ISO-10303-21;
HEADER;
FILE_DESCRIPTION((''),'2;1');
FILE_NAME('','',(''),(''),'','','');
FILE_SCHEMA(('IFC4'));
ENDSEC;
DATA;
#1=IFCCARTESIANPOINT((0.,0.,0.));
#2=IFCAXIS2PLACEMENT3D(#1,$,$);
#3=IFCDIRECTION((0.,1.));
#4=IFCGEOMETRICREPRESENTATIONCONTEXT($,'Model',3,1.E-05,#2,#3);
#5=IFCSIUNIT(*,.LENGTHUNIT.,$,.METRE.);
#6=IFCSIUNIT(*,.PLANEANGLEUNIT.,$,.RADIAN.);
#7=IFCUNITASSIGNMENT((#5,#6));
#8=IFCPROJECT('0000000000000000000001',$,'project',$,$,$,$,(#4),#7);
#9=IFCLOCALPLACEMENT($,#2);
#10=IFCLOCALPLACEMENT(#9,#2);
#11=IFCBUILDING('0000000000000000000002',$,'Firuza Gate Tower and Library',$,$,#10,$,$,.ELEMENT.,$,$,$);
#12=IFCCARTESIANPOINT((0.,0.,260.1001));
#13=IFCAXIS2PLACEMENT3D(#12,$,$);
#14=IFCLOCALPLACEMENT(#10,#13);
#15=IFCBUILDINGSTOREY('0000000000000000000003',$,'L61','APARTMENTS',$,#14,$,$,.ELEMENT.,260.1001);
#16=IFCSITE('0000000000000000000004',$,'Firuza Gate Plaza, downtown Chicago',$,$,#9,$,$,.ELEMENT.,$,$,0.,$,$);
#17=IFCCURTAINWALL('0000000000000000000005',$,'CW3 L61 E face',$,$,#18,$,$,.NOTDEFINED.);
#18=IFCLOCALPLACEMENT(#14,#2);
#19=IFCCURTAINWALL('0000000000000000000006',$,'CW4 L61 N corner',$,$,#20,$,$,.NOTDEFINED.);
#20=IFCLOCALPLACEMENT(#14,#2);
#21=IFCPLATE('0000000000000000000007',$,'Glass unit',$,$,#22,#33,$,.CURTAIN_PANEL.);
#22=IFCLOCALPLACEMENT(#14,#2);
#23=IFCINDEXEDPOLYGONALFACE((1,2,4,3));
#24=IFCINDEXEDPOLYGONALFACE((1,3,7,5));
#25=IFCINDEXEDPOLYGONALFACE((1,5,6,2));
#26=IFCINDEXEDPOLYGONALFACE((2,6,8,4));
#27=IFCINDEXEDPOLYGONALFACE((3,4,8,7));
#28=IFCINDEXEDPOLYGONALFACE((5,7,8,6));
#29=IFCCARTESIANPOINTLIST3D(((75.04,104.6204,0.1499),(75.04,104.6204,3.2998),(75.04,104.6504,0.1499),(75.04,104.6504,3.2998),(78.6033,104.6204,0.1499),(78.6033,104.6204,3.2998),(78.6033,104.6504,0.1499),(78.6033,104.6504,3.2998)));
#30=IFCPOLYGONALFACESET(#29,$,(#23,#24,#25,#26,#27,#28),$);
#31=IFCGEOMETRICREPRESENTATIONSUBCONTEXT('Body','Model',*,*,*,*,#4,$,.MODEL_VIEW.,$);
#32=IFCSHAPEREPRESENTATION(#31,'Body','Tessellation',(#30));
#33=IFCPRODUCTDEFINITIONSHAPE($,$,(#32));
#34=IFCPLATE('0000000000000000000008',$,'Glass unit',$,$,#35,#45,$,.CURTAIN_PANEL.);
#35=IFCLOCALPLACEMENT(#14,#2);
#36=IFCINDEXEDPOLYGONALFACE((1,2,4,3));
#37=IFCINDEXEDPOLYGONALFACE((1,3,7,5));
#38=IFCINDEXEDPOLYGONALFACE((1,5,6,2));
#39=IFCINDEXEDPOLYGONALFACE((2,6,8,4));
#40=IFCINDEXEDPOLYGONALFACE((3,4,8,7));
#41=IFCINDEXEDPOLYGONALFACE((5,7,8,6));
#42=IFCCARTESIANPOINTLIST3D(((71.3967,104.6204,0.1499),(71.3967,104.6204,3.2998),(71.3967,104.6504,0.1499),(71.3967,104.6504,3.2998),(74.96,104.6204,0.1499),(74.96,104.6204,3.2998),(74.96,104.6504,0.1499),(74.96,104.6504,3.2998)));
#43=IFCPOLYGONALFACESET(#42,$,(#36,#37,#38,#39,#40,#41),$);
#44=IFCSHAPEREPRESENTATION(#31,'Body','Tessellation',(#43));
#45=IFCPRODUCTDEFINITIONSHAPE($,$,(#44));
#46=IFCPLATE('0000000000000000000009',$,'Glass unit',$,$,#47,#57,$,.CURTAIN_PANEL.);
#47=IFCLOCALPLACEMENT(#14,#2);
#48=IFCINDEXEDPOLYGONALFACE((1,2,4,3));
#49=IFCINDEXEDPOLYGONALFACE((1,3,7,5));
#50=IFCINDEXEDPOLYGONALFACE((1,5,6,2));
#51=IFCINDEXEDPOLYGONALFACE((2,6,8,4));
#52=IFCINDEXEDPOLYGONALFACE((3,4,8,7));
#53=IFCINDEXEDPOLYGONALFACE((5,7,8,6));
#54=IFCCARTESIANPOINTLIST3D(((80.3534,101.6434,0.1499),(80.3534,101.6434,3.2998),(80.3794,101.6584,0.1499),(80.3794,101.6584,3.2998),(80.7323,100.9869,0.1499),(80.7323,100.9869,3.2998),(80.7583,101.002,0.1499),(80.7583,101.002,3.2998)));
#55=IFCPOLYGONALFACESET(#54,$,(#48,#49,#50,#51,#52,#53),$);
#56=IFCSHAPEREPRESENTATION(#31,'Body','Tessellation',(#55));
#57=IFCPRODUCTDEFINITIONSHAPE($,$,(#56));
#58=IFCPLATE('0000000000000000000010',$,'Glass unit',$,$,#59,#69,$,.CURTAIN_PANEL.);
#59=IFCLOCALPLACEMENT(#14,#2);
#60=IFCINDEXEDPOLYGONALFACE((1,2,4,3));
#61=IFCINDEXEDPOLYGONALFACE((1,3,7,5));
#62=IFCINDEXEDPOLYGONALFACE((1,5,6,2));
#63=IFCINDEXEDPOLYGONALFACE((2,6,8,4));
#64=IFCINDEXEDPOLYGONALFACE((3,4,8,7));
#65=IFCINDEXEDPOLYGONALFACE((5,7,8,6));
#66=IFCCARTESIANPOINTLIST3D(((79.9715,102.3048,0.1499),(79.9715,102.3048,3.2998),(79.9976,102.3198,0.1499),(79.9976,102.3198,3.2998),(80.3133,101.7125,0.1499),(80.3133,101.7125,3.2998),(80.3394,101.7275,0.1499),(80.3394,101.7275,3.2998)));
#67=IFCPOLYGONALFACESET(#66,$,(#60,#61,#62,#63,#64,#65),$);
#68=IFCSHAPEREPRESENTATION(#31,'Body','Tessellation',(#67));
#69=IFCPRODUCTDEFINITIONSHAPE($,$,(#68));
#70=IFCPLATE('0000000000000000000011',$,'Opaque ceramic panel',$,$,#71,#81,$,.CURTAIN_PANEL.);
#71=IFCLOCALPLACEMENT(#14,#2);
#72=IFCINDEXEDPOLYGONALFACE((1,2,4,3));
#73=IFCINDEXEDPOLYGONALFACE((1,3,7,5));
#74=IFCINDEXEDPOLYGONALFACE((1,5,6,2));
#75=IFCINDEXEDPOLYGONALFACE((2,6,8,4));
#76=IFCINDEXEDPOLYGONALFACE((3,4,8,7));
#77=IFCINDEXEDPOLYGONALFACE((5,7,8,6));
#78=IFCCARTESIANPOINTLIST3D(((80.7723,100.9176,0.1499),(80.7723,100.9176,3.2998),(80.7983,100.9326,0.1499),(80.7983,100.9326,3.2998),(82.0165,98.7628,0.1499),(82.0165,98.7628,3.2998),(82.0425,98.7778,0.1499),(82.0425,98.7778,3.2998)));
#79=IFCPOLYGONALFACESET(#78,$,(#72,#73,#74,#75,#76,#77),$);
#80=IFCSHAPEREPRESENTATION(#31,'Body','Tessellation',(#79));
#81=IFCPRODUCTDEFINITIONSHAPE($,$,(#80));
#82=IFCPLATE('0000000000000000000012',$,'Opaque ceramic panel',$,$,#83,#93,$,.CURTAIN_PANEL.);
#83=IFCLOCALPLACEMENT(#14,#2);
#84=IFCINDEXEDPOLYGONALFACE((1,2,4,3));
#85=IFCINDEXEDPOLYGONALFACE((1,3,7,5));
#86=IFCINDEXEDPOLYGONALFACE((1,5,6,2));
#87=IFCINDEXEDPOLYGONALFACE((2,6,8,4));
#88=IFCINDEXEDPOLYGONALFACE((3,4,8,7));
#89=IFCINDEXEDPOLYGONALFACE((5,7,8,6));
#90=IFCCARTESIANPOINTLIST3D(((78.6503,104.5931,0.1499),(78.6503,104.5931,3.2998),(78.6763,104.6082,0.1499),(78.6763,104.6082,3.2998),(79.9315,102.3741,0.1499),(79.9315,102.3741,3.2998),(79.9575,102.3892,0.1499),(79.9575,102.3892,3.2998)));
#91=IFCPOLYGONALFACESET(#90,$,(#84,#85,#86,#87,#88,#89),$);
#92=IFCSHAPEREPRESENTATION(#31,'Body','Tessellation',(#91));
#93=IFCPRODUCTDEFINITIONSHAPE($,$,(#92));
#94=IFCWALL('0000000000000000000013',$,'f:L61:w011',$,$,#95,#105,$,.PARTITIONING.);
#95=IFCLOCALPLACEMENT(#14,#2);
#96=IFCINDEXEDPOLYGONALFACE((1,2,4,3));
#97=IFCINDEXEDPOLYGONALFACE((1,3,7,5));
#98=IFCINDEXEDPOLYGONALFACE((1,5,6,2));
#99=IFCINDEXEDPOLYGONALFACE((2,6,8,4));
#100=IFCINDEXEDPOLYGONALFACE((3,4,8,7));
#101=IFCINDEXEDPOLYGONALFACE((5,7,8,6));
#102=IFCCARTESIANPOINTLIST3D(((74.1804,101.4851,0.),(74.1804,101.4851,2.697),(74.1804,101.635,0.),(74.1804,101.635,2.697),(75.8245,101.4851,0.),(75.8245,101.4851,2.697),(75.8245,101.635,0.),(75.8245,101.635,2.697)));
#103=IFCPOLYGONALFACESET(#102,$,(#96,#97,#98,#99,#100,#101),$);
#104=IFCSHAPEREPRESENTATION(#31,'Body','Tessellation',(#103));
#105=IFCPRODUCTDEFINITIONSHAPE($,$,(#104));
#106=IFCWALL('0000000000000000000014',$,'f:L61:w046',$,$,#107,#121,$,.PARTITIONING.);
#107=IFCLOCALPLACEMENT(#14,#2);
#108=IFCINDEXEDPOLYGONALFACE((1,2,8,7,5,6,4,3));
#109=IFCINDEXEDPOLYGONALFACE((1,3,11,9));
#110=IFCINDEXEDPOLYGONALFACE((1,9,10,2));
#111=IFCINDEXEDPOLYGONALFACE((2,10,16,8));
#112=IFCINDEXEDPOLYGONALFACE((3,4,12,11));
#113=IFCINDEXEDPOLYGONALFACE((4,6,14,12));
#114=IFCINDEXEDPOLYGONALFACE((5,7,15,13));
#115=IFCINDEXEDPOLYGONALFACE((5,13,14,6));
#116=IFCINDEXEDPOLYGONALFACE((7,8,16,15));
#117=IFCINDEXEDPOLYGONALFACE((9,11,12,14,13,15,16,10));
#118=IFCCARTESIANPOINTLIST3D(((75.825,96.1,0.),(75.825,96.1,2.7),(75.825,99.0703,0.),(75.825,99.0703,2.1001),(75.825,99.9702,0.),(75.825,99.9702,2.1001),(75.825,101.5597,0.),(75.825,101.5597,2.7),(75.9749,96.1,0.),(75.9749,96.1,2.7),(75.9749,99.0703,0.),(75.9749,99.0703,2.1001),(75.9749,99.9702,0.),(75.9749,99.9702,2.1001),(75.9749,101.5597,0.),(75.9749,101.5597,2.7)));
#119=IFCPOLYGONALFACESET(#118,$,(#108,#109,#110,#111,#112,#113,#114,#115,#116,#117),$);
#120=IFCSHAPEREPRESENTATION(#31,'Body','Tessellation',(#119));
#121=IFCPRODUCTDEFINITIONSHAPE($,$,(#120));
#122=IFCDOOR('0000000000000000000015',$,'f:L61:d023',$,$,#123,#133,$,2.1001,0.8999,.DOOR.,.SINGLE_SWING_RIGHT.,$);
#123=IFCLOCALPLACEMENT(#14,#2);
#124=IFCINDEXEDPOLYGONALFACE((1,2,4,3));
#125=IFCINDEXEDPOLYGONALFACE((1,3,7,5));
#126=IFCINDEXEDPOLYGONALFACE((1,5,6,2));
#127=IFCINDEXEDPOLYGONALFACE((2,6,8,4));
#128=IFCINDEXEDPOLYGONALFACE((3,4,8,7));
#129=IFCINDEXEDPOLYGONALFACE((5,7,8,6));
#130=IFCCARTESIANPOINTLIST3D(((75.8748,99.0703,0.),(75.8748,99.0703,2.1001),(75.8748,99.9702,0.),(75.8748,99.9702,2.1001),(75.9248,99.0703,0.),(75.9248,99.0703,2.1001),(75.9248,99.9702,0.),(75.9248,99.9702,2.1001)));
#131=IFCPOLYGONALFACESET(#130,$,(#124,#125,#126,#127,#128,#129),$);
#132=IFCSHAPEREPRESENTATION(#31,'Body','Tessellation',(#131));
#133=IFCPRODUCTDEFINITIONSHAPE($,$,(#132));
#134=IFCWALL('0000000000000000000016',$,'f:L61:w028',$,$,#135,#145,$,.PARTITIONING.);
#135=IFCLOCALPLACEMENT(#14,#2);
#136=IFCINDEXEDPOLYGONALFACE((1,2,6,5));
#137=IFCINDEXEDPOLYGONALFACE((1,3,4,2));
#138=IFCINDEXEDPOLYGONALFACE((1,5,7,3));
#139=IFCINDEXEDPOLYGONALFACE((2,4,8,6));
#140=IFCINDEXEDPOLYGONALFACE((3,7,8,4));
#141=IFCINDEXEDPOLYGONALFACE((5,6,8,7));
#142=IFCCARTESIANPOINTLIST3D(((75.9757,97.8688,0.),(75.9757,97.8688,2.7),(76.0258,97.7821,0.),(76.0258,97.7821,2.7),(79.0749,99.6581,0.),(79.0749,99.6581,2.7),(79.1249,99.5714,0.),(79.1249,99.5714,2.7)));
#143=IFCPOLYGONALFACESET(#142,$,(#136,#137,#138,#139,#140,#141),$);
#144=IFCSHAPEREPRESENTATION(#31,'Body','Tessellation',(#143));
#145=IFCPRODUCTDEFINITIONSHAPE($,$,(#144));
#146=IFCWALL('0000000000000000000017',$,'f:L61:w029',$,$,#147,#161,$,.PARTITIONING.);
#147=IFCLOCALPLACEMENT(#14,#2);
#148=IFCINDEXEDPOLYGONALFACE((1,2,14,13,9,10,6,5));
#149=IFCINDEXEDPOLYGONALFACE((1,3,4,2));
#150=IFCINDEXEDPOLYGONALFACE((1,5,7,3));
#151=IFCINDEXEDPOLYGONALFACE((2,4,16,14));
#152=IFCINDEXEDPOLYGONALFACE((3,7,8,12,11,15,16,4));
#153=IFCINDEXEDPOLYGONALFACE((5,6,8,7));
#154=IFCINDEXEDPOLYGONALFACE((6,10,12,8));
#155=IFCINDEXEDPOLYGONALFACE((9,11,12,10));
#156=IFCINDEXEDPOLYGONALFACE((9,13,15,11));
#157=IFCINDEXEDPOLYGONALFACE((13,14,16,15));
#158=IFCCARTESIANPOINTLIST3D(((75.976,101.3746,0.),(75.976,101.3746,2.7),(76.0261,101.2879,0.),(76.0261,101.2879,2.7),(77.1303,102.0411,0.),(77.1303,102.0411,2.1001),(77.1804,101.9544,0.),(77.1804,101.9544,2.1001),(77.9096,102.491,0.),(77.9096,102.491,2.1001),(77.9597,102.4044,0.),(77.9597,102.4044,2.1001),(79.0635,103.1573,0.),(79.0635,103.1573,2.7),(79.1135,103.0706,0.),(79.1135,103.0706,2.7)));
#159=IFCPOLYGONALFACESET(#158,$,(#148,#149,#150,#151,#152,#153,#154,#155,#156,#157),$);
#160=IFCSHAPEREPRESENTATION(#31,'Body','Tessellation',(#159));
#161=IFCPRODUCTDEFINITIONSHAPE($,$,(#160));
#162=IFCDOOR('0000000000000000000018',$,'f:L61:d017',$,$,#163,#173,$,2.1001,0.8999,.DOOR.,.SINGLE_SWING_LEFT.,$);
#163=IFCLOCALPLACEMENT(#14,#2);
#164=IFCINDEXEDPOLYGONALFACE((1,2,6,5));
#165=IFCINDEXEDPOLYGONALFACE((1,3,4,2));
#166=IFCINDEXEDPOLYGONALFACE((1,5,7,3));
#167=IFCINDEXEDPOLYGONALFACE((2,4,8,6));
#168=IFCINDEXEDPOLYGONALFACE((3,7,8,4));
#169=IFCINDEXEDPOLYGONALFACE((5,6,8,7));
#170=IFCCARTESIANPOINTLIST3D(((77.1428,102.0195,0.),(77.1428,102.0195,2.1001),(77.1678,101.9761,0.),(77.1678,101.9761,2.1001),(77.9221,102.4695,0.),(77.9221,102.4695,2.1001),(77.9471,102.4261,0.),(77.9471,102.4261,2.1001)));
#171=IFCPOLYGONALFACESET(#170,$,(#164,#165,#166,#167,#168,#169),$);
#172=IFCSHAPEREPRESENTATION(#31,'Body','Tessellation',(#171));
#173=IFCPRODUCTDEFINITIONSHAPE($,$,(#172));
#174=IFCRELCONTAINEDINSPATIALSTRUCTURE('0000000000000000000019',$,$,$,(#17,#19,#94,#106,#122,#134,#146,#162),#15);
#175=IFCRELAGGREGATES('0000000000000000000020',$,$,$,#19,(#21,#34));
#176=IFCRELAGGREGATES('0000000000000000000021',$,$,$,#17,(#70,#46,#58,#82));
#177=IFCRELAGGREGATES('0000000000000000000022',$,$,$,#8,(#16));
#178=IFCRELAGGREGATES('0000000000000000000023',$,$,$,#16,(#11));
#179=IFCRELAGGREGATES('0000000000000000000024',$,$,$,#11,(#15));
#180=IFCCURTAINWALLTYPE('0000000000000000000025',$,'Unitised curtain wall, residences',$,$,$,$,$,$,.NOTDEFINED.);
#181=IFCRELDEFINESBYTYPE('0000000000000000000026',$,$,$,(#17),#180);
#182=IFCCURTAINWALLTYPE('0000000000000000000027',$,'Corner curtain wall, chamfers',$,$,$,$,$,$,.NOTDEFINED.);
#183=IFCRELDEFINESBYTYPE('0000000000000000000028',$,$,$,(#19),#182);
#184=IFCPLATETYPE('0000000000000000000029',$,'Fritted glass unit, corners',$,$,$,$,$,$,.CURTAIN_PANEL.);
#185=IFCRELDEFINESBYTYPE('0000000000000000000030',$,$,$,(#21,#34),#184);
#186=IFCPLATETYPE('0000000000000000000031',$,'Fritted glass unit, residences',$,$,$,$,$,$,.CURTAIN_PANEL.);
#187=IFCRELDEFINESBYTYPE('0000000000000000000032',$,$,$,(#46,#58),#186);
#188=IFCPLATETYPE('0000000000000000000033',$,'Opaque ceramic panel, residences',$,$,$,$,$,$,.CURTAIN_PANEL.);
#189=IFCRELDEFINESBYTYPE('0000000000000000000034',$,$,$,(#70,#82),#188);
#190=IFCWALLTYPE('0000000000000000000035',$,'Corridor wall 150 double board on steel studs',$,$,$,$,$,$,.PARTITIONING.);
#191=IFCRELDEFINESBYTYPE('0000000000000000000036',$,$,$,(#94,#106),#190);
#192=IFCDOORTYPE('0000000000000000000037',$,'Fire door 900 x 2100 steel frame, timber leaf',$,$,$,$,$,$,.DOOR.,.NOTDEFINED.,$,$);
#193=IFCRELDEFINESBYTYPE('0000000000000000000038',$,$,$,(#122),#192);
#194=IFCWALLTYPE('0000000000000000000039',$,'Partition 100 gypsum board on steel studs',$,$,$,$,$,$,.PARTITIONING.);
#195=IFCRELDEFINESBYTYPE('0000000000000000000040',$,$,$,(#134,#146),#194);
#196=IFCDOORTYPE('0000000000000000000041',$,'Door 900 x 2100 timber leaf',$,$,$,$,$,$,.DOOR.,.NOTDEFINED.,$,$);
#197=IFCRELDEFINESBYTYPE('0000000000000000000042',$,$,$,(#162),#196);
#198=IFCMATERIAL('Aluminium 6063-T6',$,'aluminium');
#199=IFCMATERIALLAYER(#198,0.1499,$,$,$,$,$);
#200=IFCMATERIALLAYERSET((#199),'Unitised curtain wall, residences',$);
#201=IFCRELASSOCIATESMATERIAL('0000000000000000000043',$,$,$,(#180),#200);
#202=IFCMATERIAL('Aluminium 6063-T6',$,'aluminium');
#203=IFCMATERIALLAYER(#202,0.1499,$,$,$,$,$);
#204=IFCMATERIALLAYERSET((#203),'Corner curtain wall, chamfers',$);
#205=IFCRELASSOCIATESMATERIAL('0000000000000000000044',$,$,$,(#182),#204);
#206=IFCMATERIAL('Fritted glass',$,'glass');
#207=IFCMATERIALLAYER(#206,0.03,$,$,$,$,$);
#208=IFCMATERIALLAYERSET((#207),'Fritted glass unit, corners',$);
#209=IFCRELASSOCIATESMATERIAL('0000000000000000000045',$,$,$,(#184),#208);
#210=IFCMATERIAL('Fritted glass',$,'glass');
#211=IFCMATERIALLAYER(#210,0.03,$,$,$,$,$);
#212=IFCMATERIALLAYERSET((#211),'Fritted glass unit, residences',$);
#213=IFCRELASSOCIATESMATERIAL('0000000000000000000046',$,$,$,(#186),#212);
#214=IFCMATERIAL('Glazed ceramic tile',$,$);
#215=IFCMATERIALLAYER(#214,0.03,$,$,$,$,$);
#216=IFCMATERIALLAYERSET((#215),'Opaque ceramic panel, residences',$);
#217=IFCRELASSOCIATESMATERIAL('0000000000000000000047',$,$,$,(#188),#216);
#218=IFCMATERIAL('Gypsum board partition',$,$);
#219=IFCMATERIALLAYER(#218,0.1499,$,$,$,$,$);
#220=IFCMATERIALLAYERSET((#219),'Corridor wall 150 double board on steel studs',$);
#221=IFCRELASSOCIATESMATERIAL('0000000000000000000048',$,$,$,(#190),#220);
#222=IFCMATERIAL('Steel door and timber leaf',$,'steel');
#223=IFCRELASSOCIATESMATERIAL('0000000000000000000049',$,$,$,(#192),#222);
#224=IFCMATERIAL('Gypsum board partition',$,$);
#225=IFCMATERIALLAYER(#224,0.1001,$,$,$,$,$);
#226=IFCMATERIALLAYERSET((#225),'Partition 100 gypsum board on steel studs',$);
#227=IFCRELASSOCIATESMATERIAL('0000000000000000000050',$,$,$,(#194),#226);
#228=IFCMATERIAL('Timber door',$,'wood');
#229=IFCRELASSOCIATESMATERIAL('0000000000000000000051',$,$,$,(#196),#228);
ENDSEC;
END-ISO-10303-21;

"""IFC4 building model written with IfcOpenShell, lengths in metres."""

from ifc_helpers import new_model, si_unit, direction, frame, frame_2d, origin, place, context, subcontext, project, spatial, polyline, rectangle, outline, extrude, material, layer, layer_set, type_object, element, fill, aggregate, save


model = new_model("IFC4")

# Units and contexts
model_context = context("Model", 3, precision=1e-05, world=origin(), true_north=direction((0.0, 1.0)))
body_context = subcontext(model_context, "Body", "Model", "MODEL_VIEW")
ifc_project = project(units=[si_unit("LENGTHUNIT", "METRE"), si_unit("PLANEANGLEUNIT", "RADIAN")], contexts=[model_context])

# Site, building, storey
site_placement = place(None, origin())
site = spatial("IfcSite", under=ifc_project, at=site_placement, Name="Firuza Gate Plaza, downtown Chicago", CompositionType="ELEMENT", RefElevation=0.0)
building_placement = place(site_placement, origin())
building = spatial("IfcBuilding", under=site, at=building_placement, Name="Firuza Gate Tower and Library", CompositionType="ELEMENT")
storey_placement = place(building_placement, frame((0.0, 0.0, 260.1001)))
storey = spatial("IfcBuildingStorey", under=building, at=storey_placement, Name="L61", Description="APARTMENTS", CompositionType="ELEMENT", Elevation=260.1001)

# Curtain walls
ifc_material_1 = material(Name="Aluminium 6063-T6", Category="aluminium")
ifc_layer_1 = layer(ifc_material_1, 0.1499)
ifc_layer_set_1 = layer_set([ifc_layer_1], Name="Unitised curtain wall, residences")
curtain_wall_type_1 = type_object("IfcCurtainWallType", Name="Unitised curtain wall, residences", PredefinedType="NOTDEFINED", material=ifc_layer_set_1)
placement = place(storey_placement, origin())
curtain_wall_1 = element("IfcCurtainWall", 1, at=placement, inside=storey, type_object=curtain_wall_type_1, Name="CW3 L61 E face", PredefinedType="NOTDEFINED")
ifc_material_2 = material(Name="Aluminium 6063-T6", Category="aluminium")
ifc_layer_2 = layer(ifc_material_2, 0.1499)
ifc_layer_set_2 = layer_set([ifc_layer_2], Name="Corner curtain wall, chamfers")
curtain_wall_type_2 = type_object("IfcCurtainWallType", Name="Corner curtain wall, chamfers", PredefinedType="NOTDEFINED", material=ifc_layer_set_2)
curtain_wall_2 = element("IfcCurtainWall", 2, at=placement, inside=storey, type_object=curtain_wall_type_2, Name="CW4 L61 N corner", PredefinedType="NOTDEFINED")

# Plates
ifc_material_3 = material(Name="Fritted glass", Category="glass")
ifc_layer_3 = layer(ifc_material_3, 0.03)
ifc_layer_set_3 = layer_set([ifc_layer_3], Name="Fritted glass unit, corners")
plate_type_1 = type_object("IfcPlateType", Name="Fritted glass unit, corners", PredefinedType="CURTAIN_PANEL", material=ifc_layer_set_3)
plate_1_placement = place(storey_placement, frame((78.6033, 104.6504, 0.1499), z_axis=(0.0, 1.0, 0.0), x_axis=(-1.0, 0.0, 0.0)))
plate_1 = element("IfcPlate", 3, at=plate_1_placement, type_object=plate_type_1, Name="Glass unit", PredefinedType="CURTAIN_PANEL", context=body_context, shape_type="SweptSolid", body=[
    extrude(outline(polyline([(0.0, 0.0), (3.5632, 0.0), (3.5632, 3.1499), (0.0, 3.1499), (0.0, 0.0)])), origin(), (0.0, 0.0, -1.0), 0.03),
])
plate_2_placement = place(storey_placement, frame((74.96, 104.6504, 0.1499), z_axis=(0.0, 1.0, 0.0), x_axis=(-1.0, 0.0, 0.0)))
plate_2 = element("IfcPlate", 4, at=plate_2_placement, type_object=plate_type_1, Name="Glass unit", PredefinedType="CURTAIN_PANEL", context=body_context, shape_type="SweptSolid", body=[
    extrude(outline(polyline([(0.0, 0.0), (3.5632, 0.0), (3.5632, 3.1499), (0.0, 3.1499), (0.0, 0.0)])), origin(), (0.0, 0.0, -1.0), 0.03),
])
aggregate(curtain_wall_2, [plate_1, plate_2])
ifc_material_4 = material(Name="Fritted glass", Category="glass")
ifc_layer_4 = layer(ifc_material_4, 0.03)
ifc_layer_set_4 = layer_set([ifc_layer_4], Name="Fritted glass unit, residences")
plate_type_2 = type_object("IfcPlateType", Name="Fritted glass unit, residences", PredefinedType="CURTAIN_PANEL", material=ifc_layer_set_4)
plate_3_placement = place(storey_placement, frame((80.7583, 101.002, 0.1499), z_axis=(0.866094, 0.49988, 0.0), x_axis=(-0.49988, 0.866094, 0.0)))
plate_3 = element("IfcPlate", 5, at=plate_3_placement, type_object=plate_type_2, Name="Glass unit", PredefinedType="CURTAIN_PANEL", context=body_context, shape_type="SweptSolid", body=[
    extrude(outline(polyline([(0.0, 0.0), (0.758, 0.0), (0.758, 3.1499), (0.0, 3.1499), (0.0, 0.0)])), origin(), (0.0, 0.0, -1.0), 0.03),
])
plate_4_placement = place(storey_placement, frame((80.3394, 101.7275, 0.1499), z_axis=(0.866126, 0.499825, 0.0), x_axis=(-0.499825, 0.866126, 0.0)))
plate_4 = element("IfcPlate", 6, at=plate_4_placement, type_object=plate_type_2, Name="Glass unit", PredefinedType="CURTAIN_PANEL", context=body_context, shape_type="SweptSolid", body=[
    extrude(outline(polyline([(0.0, 0.0), (0.6838, 0.0), (0.6838, 3.1499), (0.0, 3.1499), (0.0, 0.0)])), origin(), (0.0, 0.0, -1.0), 0.03),
])
ifc_material_5 = material(Name="Glazed ceramic tile")
ifc_layer_5 = layer(ifc_material_5, 0.03)
ifc_layer_set_5 = layer_set([ifc_layer_5], Name="Opaque ceramic panel, residences")
plate_type_3 = type_object("IfcPlateType", Name="Opaque ceramic panel, residences", PredefinedType="CURTAIN_PANEL", material=ifc_layer_set_5)
plate_5_placement = place(storey_placement, frame((82.0425, 98.7778, 0.1499), z_axis=(0.866012, 0.500023, 0.0), x_axis=(-0.500023, 0.866012, 0.0)))
plate_5 = element("IfcPlate", 7, at=plate_5_placement, type_object=plate_type_3, Name="Opaque ceramic panel", PredefinedType="CURTAIN_PANEL", context=body_context, shape_type="SweptSolid", body=[
    extrude(outline(polyline([(0.0, 0.0), (2.4882, 0.0), (2.4882, 3.1499), (0.0, 3.1499), (0.0, 0.0)])), origin(), (0.0, 0.0, -1.0), 0.03),
])
plate_6_placement = place(storey_placement, frame((79.9575, 102.3892, 0.1499), z_axis=(0.866006, 0.500033, 0.0), x_axis=(-0.500033, 0.866006, 0.0)))
plate_6 = element("IfcPlate", 8, at=plate_6_placement, type_object=plate_type_3, Name="Opaque ceramic panel", PredefinedType="CURTAIN_PANEL", context=body_context, shape_type="SweptSolid", body=[
    extrude(outline(polyline([(0.0, 0.0), (2.5623, 0.0), (2.5623, 3.1499), (0.0, 3.1499), (0.0, 0.0)])), origin(), (0.0, 0.0, -1.0), 0.03),
])
aggregate(curtain_wall_1, [plate_5, plate_3, plate_4, plate_6])

# Wall
ifc_material_6 = material(Name="Gypsum board partition")
ifc_layer_6 = layer(ifc_material_6, 0.1499)
ifc_layer_set_6 = layer_set([ifc_layer_6], Name="Corridor wall 150 double board on steel studs")
wall_type_1 = type_object("IfcWallType", Name="Corridor wall 150 double board on steel studs", PredefinedType="PARTITIONING", material=ifc_layer_set_6)
wall_1_placement = place(storey_placement, frame((74.1804, 101.5601, 0.0), z_axis=(0.0, 0.0, 1.0), x_axis=(1.0, 0.0, 0.0)))
element("IfcWall", 9, at=wall_1_placement, inside=storey, type_object=wall_type_1, Name="f:L61:w011", PredefinedType="PARTITIONING", context=body_context, shape_type="SweptSolid", body=[
    extrude(rectangle(XDim=1.644, YDim=0.1499, at=frame_2d((0.822, 0.0))), origin(), (0.0, 0.0, 1.0), 2.697),
])

# Wall, opening, door
wall_2_placement = place(storey_placement, frame((75.8999, 101.5598, 0.0), z_axis=(0.0, 0.0, 1.0), x_axis=(0.0, -1.0, 0.0)))
wall_2 = element("IfcWall", 10, at=wall_2_placement, inside=storey, type_object=wall_type_1, Name="f:L61:w046", PredefinedType="PARTITIONING", context=body_context, shape_type="SweptSolid", body=[
    extrude(rectangle(XDim=5.4597, YDim=0.1499, at=frame_2d((2.73, 0.0))), origin(), (0.0, 0.0, 1.0), 2.7),
])
opening_1_placement = place(wall_2_placement, frame((1.5896, 0.0, 0.0)))
opening_1 = element("IfcOpeningElement", 11, at=opening_1_placement, cuts=wall_2, PredefinedType="OPENING", context=body_context, shape_type="SweptSolid", body=[
    extrude(rectangle(XDim=0.8999, YDim=2.1001, at=frame_2d((0.45, 1.05))), frame((0.0, 0.085, 0.0), z_axis=(0.0, -1.0, 0.0), x_axis=(1.0, 0.0, 0.0)), (0.0, 0.0, 1.0), 0.1699),
])
ifc_material_7 = material(Name="Steel door and timber leaf", Category="steel")
door_type_1 = type_object("IfcDoorType", Name="Fire door 900 x 2100 steel frame, timber leaf", OperationType="NOTDEFINED", PredefinedType="DOOR", material=ifc_material_7)
door_1_placement = place(opening_1_placement, origin())
door_1 = element("IfcDoor", 12, at=door_1_placement, inside=storey, type_object=door_type_1, Name="f:L61:d023", OperationType="SINGLE_SWING_RIGHT", OverallHeight=2.1001, OverallWidth=0.8999, PredefinedType="DOOR", context=body_context, shape_type="SweptSolid", body=[
    extrude(rectangle(XDim=0.8999, YDim=2.1001, at=frame_2d((0.45, 1.05))), frame((0.0, 0.0249, 0.0), z_axis=(0.0, -1.0, 0.0), x_axis=(1.0, 0.0, 0.0)), (0.0, 0.0, 1.0), 0.05),
])
fill(opening_1, door_1)

# Wall
ifc_material_8 = material(Name="Gypsum board partition")
ifc_layer_7 = layer(ifc_material_8, 0.1001)
ifc_layer_set_7 = layer_set([ifc_layer_7], Name="Partition 100 gypsum board on steel studs")
wall_type_2 = type_object("IfcWallType", Name="Partition 100 gypsum board on steel studs", PredefinedType="PARTITIONING", material=ifc_layer_set_7)
wall_3_placement = place(storey_placement, frame((76.0007, 97.8254, 0.0), z_axis=(0.0, 0.0, 1.0), x_axis=(0.866022, 0.500006, 0.0)))
element("IfcWall", 13, at=wall_3_placement, inside=storey, type_object=wall_type_2, Name="f:L61:w028", PredefinedType="PARTITIONING", context=body_context, shape_type="SweptSolid", body=[
    extrude(rectangle(XDim=3.5786, YDim=0.1001, at=frame_2d((1.7893, 0.0))), origin(), (0.0, 0.0, 1.0), 2.7),
])

# Wall, opening, door
wall_4_placement = place(storey_placement, frame((79.0886, 103.114, 0.0), z_axis=(0.0, 0.0, 1.0), x_axis=(-0.866001, -0.500043, 0.0)))
wall_4 = element("IfcWall", 14, at=wall_4_placement, inside=storey, type_object=wall_type_2, Name="f:L61:w029", PredefinedType="PARTITIONING", context=body_context, shape_type="SweptSolid", body=[
    extrude(rectangle(XDim=3.5652, YDim=0.1001, at=frame_2d((1.7827, 0.0))), origin(), (0.0, 0.0, 1.0), 2.7),
])
opening_2_placement = place(wall_4_placement, frame((1.3325, 0.0, 0.0)))
opening_2 = element("IfcOpeningElement", 15, at=opening_2_placement, cuts=wall_4, PredefinedType="OPENING", context=body_context, shape_type="SweptSolid", body=[
    extrude(rectangle(XDim=0.8999, YDim=2.1001, at=frame_2d((0.45, 1.05))), frame((0.0, 0.0601, 0.0), z_axis=(0.0, -1.0, 0.0), x_axis=(1.0, 0.0, 0.0)), (0.0, 0.0, 1.0), 0.1201),
])
ifc_material_9 = material(Name="Timber door", Category="wood")
door_type_2 = type_object("IfcDoorType", Name="Door 900 x 2100 timber leaf", OperationType="NOTDEFINED", PredefinedType="DOOR", material=ifc_material_9)
door_2_placement = place(opening_2_placement, origin())
door_2 = element("IfcDoor", 16, at=door_2_placement, inside=storey, type_object=door_type_2, Name="f:L61:d017", OperationType="SINGLE_SWING_LEFT", OverallHeight=2.1001, OverallWidth=0.8999, PredefinedType="DOOR", context=body_context, shape_type="SweptSolid", body=[
    extrude(rectangle(XDim=0.8999, YDim=2.1001, at=frame_2d((0.45, 1.05))), frame((0.0, 0.0249, 0.0), z_axis=(0.0, -1.0, 0.0), x_axis=(1.0, 0.0, 0.0)), (0.0, 0.0, 1.0), 0.05),
])
fill(opening_2, door_2)

save(model, "model.ifc")
